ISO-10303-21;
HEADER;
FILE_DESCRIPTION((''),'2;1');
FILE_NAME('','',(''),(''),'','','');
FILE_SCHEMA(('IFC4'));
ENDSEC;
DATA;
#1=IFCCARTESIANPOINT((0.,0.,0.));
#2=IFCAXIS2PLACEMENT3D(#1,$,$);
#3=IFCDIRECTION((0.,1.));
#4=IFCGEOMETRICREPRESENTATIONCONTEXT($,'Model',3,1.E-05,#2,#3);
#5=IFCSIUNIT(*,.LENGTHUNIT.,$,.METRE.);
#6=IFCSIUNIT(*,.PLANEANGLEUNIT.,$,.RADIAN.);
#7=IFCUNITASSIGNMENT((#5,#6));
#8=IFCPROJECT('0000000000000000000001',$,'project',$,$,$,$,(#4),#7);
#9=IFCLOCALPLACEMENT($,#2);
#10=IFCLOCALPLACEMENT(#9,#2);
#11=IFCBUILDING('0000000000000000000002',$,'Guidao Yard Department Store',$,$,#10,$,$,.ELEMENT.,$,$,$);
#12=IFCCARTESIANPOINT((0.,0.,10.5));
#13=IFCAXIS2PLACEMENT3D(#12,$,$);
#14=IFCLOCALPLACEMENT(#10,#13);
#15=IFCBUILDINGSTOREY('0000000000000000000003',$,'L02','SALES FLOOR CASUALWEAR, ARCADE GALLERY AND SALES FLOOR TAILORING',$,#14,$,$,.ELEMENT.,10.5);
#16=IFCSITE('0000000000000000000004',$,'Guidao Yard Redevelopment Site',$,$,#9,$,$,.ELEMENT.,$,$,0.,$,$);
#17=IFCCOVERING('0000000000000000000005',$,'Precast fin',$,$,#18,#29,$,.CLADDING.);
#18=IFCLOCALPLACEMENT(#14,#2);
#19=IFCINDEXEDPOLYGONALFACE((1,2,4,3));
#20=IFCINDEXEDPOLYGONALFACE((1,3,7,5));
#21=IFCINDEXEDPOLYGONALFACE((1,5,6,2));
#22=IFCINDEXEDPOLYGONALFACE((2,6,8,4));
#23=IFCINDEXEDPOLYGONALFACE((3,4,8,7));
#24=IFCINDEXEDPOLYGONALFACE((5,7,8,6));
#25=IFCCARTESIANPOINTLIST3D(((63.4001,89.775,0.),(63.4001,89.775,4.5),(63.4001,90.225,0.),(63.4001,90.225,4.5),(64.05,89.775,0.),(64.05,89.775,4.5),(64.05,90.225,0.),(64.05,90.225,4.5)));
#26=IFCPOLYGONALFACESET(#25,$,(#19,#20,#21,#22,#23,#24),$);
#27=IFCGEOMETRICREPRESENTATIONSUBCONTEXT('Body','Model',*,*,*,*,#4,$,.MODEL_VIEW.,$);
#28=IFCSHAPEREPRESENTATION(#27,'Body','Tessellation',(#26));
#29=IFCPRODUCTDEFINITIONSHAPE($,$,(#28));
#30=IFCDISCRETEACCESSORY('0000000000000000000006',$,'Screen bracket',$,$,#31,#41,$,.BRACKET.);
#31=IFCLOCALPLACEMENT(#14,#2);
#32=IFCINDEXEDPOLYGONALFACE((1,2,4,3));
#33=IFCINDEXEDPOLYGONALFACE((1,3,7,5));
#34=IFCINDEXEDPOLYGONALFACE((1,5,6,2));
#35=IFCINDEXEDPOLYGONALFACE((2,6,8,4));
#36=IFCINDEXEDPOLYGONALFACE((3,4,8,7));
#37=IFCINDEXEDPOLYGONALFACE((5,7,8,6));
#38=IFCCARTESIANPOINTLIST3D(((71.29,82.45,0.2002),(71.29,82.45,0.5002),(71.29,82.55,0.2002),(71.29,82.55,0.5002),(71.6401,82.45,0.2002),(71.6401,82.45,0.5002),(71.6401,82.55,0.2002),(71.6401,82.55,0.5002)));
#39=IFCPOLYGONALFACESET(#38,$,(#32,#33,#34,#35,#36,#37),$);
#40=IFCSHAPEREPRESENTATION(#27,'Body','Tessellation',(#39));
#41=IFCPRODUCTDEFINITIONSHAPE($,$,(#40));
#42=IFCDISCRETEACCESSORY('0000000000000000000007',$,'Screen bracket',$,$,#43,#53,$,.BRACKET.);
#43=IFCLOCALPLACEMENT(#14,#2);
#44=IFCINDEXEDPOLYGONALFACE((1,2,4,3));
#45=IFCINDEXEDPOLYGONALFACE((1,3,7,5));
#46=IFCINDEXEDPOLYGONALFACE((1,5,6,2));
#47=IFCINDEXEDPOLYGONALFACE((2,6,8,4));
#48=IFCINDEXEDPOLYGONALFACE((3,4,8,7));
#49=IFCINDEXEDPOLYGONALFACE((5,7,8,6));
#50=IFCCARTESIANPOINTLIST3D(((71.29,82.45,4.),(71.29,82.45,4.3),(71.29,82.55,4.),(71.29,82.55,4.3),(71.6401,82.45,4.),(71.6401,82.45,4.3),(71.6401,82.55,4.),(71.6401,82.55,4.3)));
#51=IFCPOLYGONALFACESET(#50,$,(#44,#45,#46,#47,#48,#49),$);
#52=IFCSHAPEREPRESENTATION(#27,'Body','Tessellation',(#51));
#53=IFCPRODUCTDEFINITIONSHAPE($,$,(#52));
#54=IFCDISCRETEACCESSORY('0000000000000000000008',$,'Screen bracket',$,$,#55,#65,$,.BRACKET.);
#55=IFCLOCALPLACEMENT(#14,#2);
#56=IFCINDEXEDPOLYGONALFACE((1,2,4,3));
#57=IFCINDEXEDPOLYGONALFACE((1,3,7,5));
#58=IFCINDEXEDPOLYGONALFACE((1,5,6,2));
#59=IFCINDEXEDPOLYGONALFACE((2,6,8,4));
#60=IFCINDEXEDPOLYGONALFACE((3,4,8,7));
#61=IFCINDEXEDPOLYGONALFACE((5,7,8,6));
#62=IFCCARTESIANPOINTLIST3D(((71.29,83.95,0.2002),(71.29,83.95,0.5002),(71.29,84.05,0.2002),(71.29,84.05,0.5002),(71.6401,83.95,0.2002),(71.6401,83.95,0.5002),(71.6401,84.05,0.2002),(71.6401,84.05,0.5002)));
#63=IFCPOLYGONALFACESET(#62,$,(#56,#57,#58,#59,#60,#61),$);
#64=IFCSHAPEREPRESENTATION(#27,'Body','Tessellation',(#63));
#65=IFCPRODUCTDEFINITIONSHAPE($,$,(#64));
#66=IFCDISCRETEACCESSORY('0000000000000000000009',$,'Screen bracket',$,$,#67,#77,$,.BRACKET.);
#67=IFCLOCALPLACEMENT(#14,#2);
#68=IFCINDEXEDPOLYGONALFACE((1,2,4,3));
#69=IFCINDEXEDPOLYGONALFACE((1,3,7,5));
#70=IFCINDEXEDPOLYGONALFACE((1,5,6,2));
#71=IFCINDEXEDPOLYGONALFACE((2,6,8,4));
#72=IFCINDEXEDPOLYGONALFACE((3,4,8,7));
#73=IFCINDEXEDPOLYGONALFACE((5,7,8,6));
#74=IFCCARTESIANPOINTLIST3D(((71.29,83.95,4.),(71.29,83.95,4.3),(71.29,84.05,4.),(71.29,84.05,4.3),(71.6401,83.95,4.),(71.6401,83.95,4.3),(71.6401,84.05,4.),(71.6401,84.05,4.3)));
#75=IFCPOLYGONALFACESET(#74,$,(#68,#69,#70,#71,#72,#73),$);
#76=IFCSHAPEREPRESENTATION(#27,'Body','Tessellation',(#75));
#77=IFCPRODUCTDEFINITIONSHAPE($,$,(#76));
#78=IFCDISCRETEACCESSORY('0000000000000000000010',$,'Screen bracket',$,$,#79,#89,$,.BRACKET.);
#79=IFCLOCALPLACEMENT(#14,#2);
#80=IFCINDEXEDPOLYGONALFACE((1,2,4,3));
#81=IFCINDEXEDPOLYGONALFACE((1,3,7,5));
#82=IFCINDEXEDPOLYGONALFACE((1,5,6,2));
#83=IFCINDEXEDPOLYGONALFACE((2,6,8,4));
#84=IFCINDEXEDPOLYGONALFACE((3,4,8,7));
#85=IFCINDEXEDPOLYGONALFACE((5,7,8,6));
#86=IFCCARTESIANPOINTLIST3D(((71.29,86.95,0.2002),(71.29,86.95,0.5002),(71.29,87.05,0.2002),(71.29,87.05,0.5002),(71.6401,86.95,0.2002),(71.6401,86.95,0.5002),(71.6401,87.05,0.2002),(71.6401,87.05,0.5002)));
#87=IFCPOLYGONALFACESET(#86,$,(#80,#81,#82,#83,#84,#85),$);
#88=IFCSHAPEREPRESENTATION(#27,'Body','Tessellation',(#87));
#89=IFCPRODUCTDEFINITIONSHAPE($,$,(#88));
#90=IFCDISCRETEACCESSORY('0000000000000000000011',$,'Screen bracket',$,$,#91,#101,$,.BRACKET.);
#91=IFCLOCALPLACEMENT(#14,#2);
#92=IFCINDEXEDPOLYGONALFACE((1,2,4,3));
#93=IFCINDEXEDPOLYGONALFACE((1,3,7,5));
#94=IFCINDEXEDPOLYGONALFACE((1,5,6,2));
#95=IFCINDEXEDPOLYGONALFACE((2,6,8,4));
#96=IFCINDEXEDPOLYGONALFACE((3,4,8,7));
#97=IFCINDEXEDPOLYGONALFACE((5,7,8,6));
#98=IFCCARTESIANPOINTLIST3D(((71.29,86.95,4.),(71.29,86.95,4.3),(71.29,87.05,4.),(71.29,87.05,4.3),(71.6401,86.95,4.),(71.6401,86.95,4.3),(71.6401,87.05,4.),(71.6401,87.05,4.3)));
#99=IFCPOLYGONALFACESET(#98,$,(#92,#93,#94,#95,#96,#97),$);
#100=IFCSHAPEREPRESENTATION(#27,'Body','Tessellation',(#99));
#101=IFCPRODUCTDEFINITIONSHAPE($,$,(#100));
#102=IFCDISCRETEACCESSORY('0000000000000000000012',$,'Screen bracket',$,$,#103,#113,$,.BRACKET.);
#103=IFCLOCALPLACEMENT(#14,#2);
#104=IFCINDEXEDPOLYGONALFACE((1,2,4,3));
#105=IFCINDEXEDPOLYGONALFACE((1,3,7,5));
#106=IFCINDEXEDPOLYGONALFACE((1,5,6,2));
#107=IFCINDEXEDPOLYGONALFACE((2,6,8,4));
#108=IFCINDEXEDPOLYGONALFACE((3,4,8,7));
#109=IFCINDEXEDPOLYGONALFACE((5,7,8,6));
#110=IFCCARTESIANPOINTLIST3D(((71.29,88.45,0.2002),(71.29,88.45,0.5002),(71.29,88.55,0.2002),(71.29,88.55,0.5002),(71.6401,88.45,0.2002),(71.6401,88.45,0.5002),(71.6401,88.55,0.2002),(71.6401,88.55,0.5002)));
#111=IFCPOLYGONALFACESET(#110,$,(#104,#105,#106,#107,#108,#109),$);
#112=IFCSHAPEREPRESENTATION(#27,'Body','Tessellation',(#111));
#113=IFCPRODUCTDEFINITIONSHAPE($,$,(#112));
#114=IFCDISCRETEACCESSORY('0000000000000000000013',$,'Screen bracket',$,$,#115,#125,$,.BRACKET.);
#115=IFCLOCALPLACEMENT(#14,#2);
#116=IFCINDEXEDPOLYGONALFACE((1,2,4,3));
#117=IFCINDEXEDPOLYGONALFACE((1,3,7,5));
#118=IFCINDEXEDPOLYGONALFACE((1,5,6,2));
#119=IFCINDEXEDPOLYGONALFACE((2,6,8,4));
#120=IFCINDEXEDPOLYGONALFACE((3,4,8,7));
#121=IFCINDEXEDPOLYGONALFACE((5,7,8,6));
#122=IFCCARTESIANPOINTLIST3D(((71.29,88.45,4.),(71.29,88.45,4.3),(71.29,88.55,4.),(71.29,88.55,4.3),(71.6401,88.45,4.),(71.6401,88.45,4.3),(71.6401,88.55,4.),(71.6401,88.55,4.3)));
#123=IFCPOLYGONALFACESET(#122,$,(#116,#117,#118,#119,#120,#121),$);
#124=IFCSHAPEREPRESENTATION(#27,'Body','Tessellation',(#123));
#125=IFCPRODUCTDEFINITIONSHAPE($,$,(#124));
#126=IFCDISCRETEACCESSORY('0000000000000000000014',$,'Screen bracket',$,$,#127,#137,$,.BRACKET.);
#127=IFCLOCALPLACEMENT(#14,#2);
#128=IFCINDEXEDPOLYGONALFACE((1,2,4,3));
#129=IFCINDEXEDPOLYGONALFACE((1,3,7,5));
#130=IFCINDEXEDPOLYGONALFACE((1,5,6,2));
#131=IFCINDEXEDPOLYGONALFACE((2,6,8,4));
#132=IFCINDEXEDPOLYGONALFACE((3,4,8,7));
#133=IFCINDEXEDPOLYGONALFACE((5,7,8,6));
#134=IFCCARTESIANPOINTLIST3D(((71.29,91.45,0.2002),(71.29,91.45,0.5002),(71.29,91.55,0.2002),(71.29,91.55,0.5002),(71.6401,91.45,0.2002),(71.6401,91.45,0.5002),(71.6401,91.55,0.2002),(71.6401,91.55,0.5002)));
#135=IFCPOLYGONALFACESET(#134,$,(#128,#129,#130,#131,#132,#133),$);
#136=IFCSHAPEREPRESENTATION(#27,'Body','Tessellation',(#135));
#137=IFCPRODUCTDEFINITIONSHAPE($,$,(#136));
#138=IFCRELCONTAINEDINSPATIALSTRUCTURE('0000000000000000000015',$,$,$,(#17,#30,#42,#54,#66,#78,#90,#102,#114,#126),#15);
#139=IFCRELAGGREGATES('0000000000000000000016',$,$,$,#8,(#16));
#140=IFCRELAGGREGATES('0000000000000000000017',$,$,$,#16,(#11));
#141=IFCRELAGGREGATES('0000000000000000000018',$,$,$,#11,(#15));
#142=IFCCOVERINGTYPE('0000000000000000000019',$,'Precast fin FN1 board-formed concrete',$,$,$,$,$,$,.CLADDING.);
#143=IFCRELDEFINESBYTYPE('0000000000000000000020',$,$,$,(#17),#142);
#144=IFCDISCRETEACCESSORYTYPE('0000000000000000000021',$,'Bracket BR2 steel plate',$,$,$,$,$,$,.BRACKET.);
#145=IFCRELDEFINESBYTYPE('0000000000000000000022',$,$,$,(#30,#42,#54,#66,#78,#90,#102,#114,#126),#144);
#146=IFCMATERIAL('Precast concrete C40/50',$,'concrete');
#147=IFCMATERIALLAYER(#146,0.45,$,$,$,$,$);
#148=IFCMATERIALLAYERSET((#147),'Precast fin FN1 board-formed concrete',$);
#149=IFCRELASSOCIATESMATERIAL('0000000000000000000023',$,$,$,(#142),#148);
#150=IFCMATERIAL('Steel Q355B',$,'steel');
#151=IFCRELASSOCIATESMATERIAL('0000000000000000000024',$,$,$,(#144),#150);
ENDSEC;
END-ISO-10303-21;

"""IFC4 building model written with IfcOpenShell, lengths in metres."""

from ifc_helpers import new_model, si_unit, direction, frame, origin, origin_2d, place, context, subcontext, project, spatial, rectangle, extrude, material, layer, layer_set, type_object, element, save


model = new_model("IFC4")

# Units and contexts
model_context = context("Model", 3, precision=1e-05, world=origin(), true_north=direction((0.0, 1.0)))
body_context = subcontext(model_context, "Body", "Model", "MODEL_VIEW")
ifc_project = project(units=[si_unit("LENGTHUNIT", "METRE"), si_unit("PLANEANGLEUNIT", "RADIAN")], contexts=[model_context])

# Site, building, storey
site_placement = place(None, origin())
site = spatial("IfcSite", under=ifc_project, at=site_placement, Name="Guidao Yard Redevelopment Site", CompositionType="ELEMENT", RefElevation=0.0)
building_placement = place(site_placement, origin())
building = spatial("IfcBuilding", under=site, at=building_placement, Name="Guidao Yard Department Store", CompositionType="ELEMENT")
storey_placement = place(building_placement, frame((0.0, 0.0, 10.5)))
storey = spatial("IfcBuildingStorey", under=building, at=storey_placement, Name="L02", Description="SALES FLOOR CASUALWEAR, ARCADE GALLERY AND SALES FLOOR TAILORING", CompositionType="ELEMENT", Elevation=10.5)

# Covering
ifc_material_1 = material(Name="Precast concrete C40/50", Category="concrete")
ifc_layer_1 = layer(ifc_material_1, 0.45)
ifc_layer_set_1 = layer_set([ifc_layer_1], Name="Precast fin FN1 board-formed concrete")
covering_type_1 = type_object("IfcCoveringType", Name="Precast fin FN1 board-formed concrete", PredefinedType="CLADDING", material=ifc_layer_set_1)
for number, where, z_axis, x_axis, name in (
    (1, (63.7251, 90.0, 0.0), (0.0, 0.0, 1.0), (0.0, -1.0, 0.0), "Precast fin"),
):
    element("IfcCovering", number, at=place(storey_placement, frame(where, z_axis=z_axis, x_axis=x_axis)), inside=storey, type_object=covering_type_1, Name=name, PredefinedType="CLADDING", context=body_context, shape_type="SweptSolid", body=[
        extrude(rectangle(XDim=0.45, YDim=0.6499, at=origin_2d()), origin(), (0.0, 0.0, 1.0), 4.5),
    ])

# Discrete accessories
ifc_material_2 = material(Name="Steel Q355B", Category="steel")
discrete_accessory_type = type_object("IfcDiscreteAccessoryType", Name="Bracket BR2 steel plate", PredefinedType="BRACKET", material=ifc_material_2)
for number, where, z_axis, x_axis, name in (
    (2, (71.4651, 82.5, 0.2002), (0.0, 0.0, 1.0), (0.0, 1.0, 0.0), "Screen bracket"),
    (3, (71.4651, 82.5, 4.0), (0.0, 0.0, 1.0), (0.0, 1.0, 0.0), "Screen bracket"),
    (4, (71.4651, 84.0, 0.2002), (0.0, 0.0, 1.0), (0.0, 1.0, 0.0), "Screen bracket"),
    (5, (71.4651, 84.0, 4.0), (0.0, 0.0, 1.0), (0.0, 1.0, 0.0), "Screen bracket"),
    (6, (71.4651, 87.0, 0.2002), (0.0, 0.0, 1.0), (0.0, 1.0, 0.0), "Screen bracket"),
    (7, (71.4651, 87.0, 4.0), (0.0, 0.0, 1.0), (0.0, 1.0, 0.0), "Screen bracket"),
    (8, (71.4651, 88.5, 0.2002), (0.0, 0.0, 1.0), (0.0, 1.0, 0.0), "Screen bracket"),
    (9, (71.4651, 88.5, 4.0), (0.0, 0.0, 1.0), (0.0, 1.0, 0.0), "Screen bracket"),
    (10, (71.4651, 91.5, 0.2002), (0.0, 0.0, 1.0), (0.0, 1.0, 0.0), "Screen bracket"),
):
    element("IfcDiscreteAccessory", number, at=place(storey_placement, frame(where, z_axis=z_axis, x_axis=x_axis)), inside=storey, type_object=discrete_accessory_type, Name=name, PredefinedType="BRACKET", context=body_context, shape_type="SweptSolid", body=[
        extrude(rectangle(XDim=0.1001, YDim=0.3501, at=origin_2d()), origin(), (0.0, 0.0, 1.0), 0.3),
    ])

save(model, "model.ifc")
